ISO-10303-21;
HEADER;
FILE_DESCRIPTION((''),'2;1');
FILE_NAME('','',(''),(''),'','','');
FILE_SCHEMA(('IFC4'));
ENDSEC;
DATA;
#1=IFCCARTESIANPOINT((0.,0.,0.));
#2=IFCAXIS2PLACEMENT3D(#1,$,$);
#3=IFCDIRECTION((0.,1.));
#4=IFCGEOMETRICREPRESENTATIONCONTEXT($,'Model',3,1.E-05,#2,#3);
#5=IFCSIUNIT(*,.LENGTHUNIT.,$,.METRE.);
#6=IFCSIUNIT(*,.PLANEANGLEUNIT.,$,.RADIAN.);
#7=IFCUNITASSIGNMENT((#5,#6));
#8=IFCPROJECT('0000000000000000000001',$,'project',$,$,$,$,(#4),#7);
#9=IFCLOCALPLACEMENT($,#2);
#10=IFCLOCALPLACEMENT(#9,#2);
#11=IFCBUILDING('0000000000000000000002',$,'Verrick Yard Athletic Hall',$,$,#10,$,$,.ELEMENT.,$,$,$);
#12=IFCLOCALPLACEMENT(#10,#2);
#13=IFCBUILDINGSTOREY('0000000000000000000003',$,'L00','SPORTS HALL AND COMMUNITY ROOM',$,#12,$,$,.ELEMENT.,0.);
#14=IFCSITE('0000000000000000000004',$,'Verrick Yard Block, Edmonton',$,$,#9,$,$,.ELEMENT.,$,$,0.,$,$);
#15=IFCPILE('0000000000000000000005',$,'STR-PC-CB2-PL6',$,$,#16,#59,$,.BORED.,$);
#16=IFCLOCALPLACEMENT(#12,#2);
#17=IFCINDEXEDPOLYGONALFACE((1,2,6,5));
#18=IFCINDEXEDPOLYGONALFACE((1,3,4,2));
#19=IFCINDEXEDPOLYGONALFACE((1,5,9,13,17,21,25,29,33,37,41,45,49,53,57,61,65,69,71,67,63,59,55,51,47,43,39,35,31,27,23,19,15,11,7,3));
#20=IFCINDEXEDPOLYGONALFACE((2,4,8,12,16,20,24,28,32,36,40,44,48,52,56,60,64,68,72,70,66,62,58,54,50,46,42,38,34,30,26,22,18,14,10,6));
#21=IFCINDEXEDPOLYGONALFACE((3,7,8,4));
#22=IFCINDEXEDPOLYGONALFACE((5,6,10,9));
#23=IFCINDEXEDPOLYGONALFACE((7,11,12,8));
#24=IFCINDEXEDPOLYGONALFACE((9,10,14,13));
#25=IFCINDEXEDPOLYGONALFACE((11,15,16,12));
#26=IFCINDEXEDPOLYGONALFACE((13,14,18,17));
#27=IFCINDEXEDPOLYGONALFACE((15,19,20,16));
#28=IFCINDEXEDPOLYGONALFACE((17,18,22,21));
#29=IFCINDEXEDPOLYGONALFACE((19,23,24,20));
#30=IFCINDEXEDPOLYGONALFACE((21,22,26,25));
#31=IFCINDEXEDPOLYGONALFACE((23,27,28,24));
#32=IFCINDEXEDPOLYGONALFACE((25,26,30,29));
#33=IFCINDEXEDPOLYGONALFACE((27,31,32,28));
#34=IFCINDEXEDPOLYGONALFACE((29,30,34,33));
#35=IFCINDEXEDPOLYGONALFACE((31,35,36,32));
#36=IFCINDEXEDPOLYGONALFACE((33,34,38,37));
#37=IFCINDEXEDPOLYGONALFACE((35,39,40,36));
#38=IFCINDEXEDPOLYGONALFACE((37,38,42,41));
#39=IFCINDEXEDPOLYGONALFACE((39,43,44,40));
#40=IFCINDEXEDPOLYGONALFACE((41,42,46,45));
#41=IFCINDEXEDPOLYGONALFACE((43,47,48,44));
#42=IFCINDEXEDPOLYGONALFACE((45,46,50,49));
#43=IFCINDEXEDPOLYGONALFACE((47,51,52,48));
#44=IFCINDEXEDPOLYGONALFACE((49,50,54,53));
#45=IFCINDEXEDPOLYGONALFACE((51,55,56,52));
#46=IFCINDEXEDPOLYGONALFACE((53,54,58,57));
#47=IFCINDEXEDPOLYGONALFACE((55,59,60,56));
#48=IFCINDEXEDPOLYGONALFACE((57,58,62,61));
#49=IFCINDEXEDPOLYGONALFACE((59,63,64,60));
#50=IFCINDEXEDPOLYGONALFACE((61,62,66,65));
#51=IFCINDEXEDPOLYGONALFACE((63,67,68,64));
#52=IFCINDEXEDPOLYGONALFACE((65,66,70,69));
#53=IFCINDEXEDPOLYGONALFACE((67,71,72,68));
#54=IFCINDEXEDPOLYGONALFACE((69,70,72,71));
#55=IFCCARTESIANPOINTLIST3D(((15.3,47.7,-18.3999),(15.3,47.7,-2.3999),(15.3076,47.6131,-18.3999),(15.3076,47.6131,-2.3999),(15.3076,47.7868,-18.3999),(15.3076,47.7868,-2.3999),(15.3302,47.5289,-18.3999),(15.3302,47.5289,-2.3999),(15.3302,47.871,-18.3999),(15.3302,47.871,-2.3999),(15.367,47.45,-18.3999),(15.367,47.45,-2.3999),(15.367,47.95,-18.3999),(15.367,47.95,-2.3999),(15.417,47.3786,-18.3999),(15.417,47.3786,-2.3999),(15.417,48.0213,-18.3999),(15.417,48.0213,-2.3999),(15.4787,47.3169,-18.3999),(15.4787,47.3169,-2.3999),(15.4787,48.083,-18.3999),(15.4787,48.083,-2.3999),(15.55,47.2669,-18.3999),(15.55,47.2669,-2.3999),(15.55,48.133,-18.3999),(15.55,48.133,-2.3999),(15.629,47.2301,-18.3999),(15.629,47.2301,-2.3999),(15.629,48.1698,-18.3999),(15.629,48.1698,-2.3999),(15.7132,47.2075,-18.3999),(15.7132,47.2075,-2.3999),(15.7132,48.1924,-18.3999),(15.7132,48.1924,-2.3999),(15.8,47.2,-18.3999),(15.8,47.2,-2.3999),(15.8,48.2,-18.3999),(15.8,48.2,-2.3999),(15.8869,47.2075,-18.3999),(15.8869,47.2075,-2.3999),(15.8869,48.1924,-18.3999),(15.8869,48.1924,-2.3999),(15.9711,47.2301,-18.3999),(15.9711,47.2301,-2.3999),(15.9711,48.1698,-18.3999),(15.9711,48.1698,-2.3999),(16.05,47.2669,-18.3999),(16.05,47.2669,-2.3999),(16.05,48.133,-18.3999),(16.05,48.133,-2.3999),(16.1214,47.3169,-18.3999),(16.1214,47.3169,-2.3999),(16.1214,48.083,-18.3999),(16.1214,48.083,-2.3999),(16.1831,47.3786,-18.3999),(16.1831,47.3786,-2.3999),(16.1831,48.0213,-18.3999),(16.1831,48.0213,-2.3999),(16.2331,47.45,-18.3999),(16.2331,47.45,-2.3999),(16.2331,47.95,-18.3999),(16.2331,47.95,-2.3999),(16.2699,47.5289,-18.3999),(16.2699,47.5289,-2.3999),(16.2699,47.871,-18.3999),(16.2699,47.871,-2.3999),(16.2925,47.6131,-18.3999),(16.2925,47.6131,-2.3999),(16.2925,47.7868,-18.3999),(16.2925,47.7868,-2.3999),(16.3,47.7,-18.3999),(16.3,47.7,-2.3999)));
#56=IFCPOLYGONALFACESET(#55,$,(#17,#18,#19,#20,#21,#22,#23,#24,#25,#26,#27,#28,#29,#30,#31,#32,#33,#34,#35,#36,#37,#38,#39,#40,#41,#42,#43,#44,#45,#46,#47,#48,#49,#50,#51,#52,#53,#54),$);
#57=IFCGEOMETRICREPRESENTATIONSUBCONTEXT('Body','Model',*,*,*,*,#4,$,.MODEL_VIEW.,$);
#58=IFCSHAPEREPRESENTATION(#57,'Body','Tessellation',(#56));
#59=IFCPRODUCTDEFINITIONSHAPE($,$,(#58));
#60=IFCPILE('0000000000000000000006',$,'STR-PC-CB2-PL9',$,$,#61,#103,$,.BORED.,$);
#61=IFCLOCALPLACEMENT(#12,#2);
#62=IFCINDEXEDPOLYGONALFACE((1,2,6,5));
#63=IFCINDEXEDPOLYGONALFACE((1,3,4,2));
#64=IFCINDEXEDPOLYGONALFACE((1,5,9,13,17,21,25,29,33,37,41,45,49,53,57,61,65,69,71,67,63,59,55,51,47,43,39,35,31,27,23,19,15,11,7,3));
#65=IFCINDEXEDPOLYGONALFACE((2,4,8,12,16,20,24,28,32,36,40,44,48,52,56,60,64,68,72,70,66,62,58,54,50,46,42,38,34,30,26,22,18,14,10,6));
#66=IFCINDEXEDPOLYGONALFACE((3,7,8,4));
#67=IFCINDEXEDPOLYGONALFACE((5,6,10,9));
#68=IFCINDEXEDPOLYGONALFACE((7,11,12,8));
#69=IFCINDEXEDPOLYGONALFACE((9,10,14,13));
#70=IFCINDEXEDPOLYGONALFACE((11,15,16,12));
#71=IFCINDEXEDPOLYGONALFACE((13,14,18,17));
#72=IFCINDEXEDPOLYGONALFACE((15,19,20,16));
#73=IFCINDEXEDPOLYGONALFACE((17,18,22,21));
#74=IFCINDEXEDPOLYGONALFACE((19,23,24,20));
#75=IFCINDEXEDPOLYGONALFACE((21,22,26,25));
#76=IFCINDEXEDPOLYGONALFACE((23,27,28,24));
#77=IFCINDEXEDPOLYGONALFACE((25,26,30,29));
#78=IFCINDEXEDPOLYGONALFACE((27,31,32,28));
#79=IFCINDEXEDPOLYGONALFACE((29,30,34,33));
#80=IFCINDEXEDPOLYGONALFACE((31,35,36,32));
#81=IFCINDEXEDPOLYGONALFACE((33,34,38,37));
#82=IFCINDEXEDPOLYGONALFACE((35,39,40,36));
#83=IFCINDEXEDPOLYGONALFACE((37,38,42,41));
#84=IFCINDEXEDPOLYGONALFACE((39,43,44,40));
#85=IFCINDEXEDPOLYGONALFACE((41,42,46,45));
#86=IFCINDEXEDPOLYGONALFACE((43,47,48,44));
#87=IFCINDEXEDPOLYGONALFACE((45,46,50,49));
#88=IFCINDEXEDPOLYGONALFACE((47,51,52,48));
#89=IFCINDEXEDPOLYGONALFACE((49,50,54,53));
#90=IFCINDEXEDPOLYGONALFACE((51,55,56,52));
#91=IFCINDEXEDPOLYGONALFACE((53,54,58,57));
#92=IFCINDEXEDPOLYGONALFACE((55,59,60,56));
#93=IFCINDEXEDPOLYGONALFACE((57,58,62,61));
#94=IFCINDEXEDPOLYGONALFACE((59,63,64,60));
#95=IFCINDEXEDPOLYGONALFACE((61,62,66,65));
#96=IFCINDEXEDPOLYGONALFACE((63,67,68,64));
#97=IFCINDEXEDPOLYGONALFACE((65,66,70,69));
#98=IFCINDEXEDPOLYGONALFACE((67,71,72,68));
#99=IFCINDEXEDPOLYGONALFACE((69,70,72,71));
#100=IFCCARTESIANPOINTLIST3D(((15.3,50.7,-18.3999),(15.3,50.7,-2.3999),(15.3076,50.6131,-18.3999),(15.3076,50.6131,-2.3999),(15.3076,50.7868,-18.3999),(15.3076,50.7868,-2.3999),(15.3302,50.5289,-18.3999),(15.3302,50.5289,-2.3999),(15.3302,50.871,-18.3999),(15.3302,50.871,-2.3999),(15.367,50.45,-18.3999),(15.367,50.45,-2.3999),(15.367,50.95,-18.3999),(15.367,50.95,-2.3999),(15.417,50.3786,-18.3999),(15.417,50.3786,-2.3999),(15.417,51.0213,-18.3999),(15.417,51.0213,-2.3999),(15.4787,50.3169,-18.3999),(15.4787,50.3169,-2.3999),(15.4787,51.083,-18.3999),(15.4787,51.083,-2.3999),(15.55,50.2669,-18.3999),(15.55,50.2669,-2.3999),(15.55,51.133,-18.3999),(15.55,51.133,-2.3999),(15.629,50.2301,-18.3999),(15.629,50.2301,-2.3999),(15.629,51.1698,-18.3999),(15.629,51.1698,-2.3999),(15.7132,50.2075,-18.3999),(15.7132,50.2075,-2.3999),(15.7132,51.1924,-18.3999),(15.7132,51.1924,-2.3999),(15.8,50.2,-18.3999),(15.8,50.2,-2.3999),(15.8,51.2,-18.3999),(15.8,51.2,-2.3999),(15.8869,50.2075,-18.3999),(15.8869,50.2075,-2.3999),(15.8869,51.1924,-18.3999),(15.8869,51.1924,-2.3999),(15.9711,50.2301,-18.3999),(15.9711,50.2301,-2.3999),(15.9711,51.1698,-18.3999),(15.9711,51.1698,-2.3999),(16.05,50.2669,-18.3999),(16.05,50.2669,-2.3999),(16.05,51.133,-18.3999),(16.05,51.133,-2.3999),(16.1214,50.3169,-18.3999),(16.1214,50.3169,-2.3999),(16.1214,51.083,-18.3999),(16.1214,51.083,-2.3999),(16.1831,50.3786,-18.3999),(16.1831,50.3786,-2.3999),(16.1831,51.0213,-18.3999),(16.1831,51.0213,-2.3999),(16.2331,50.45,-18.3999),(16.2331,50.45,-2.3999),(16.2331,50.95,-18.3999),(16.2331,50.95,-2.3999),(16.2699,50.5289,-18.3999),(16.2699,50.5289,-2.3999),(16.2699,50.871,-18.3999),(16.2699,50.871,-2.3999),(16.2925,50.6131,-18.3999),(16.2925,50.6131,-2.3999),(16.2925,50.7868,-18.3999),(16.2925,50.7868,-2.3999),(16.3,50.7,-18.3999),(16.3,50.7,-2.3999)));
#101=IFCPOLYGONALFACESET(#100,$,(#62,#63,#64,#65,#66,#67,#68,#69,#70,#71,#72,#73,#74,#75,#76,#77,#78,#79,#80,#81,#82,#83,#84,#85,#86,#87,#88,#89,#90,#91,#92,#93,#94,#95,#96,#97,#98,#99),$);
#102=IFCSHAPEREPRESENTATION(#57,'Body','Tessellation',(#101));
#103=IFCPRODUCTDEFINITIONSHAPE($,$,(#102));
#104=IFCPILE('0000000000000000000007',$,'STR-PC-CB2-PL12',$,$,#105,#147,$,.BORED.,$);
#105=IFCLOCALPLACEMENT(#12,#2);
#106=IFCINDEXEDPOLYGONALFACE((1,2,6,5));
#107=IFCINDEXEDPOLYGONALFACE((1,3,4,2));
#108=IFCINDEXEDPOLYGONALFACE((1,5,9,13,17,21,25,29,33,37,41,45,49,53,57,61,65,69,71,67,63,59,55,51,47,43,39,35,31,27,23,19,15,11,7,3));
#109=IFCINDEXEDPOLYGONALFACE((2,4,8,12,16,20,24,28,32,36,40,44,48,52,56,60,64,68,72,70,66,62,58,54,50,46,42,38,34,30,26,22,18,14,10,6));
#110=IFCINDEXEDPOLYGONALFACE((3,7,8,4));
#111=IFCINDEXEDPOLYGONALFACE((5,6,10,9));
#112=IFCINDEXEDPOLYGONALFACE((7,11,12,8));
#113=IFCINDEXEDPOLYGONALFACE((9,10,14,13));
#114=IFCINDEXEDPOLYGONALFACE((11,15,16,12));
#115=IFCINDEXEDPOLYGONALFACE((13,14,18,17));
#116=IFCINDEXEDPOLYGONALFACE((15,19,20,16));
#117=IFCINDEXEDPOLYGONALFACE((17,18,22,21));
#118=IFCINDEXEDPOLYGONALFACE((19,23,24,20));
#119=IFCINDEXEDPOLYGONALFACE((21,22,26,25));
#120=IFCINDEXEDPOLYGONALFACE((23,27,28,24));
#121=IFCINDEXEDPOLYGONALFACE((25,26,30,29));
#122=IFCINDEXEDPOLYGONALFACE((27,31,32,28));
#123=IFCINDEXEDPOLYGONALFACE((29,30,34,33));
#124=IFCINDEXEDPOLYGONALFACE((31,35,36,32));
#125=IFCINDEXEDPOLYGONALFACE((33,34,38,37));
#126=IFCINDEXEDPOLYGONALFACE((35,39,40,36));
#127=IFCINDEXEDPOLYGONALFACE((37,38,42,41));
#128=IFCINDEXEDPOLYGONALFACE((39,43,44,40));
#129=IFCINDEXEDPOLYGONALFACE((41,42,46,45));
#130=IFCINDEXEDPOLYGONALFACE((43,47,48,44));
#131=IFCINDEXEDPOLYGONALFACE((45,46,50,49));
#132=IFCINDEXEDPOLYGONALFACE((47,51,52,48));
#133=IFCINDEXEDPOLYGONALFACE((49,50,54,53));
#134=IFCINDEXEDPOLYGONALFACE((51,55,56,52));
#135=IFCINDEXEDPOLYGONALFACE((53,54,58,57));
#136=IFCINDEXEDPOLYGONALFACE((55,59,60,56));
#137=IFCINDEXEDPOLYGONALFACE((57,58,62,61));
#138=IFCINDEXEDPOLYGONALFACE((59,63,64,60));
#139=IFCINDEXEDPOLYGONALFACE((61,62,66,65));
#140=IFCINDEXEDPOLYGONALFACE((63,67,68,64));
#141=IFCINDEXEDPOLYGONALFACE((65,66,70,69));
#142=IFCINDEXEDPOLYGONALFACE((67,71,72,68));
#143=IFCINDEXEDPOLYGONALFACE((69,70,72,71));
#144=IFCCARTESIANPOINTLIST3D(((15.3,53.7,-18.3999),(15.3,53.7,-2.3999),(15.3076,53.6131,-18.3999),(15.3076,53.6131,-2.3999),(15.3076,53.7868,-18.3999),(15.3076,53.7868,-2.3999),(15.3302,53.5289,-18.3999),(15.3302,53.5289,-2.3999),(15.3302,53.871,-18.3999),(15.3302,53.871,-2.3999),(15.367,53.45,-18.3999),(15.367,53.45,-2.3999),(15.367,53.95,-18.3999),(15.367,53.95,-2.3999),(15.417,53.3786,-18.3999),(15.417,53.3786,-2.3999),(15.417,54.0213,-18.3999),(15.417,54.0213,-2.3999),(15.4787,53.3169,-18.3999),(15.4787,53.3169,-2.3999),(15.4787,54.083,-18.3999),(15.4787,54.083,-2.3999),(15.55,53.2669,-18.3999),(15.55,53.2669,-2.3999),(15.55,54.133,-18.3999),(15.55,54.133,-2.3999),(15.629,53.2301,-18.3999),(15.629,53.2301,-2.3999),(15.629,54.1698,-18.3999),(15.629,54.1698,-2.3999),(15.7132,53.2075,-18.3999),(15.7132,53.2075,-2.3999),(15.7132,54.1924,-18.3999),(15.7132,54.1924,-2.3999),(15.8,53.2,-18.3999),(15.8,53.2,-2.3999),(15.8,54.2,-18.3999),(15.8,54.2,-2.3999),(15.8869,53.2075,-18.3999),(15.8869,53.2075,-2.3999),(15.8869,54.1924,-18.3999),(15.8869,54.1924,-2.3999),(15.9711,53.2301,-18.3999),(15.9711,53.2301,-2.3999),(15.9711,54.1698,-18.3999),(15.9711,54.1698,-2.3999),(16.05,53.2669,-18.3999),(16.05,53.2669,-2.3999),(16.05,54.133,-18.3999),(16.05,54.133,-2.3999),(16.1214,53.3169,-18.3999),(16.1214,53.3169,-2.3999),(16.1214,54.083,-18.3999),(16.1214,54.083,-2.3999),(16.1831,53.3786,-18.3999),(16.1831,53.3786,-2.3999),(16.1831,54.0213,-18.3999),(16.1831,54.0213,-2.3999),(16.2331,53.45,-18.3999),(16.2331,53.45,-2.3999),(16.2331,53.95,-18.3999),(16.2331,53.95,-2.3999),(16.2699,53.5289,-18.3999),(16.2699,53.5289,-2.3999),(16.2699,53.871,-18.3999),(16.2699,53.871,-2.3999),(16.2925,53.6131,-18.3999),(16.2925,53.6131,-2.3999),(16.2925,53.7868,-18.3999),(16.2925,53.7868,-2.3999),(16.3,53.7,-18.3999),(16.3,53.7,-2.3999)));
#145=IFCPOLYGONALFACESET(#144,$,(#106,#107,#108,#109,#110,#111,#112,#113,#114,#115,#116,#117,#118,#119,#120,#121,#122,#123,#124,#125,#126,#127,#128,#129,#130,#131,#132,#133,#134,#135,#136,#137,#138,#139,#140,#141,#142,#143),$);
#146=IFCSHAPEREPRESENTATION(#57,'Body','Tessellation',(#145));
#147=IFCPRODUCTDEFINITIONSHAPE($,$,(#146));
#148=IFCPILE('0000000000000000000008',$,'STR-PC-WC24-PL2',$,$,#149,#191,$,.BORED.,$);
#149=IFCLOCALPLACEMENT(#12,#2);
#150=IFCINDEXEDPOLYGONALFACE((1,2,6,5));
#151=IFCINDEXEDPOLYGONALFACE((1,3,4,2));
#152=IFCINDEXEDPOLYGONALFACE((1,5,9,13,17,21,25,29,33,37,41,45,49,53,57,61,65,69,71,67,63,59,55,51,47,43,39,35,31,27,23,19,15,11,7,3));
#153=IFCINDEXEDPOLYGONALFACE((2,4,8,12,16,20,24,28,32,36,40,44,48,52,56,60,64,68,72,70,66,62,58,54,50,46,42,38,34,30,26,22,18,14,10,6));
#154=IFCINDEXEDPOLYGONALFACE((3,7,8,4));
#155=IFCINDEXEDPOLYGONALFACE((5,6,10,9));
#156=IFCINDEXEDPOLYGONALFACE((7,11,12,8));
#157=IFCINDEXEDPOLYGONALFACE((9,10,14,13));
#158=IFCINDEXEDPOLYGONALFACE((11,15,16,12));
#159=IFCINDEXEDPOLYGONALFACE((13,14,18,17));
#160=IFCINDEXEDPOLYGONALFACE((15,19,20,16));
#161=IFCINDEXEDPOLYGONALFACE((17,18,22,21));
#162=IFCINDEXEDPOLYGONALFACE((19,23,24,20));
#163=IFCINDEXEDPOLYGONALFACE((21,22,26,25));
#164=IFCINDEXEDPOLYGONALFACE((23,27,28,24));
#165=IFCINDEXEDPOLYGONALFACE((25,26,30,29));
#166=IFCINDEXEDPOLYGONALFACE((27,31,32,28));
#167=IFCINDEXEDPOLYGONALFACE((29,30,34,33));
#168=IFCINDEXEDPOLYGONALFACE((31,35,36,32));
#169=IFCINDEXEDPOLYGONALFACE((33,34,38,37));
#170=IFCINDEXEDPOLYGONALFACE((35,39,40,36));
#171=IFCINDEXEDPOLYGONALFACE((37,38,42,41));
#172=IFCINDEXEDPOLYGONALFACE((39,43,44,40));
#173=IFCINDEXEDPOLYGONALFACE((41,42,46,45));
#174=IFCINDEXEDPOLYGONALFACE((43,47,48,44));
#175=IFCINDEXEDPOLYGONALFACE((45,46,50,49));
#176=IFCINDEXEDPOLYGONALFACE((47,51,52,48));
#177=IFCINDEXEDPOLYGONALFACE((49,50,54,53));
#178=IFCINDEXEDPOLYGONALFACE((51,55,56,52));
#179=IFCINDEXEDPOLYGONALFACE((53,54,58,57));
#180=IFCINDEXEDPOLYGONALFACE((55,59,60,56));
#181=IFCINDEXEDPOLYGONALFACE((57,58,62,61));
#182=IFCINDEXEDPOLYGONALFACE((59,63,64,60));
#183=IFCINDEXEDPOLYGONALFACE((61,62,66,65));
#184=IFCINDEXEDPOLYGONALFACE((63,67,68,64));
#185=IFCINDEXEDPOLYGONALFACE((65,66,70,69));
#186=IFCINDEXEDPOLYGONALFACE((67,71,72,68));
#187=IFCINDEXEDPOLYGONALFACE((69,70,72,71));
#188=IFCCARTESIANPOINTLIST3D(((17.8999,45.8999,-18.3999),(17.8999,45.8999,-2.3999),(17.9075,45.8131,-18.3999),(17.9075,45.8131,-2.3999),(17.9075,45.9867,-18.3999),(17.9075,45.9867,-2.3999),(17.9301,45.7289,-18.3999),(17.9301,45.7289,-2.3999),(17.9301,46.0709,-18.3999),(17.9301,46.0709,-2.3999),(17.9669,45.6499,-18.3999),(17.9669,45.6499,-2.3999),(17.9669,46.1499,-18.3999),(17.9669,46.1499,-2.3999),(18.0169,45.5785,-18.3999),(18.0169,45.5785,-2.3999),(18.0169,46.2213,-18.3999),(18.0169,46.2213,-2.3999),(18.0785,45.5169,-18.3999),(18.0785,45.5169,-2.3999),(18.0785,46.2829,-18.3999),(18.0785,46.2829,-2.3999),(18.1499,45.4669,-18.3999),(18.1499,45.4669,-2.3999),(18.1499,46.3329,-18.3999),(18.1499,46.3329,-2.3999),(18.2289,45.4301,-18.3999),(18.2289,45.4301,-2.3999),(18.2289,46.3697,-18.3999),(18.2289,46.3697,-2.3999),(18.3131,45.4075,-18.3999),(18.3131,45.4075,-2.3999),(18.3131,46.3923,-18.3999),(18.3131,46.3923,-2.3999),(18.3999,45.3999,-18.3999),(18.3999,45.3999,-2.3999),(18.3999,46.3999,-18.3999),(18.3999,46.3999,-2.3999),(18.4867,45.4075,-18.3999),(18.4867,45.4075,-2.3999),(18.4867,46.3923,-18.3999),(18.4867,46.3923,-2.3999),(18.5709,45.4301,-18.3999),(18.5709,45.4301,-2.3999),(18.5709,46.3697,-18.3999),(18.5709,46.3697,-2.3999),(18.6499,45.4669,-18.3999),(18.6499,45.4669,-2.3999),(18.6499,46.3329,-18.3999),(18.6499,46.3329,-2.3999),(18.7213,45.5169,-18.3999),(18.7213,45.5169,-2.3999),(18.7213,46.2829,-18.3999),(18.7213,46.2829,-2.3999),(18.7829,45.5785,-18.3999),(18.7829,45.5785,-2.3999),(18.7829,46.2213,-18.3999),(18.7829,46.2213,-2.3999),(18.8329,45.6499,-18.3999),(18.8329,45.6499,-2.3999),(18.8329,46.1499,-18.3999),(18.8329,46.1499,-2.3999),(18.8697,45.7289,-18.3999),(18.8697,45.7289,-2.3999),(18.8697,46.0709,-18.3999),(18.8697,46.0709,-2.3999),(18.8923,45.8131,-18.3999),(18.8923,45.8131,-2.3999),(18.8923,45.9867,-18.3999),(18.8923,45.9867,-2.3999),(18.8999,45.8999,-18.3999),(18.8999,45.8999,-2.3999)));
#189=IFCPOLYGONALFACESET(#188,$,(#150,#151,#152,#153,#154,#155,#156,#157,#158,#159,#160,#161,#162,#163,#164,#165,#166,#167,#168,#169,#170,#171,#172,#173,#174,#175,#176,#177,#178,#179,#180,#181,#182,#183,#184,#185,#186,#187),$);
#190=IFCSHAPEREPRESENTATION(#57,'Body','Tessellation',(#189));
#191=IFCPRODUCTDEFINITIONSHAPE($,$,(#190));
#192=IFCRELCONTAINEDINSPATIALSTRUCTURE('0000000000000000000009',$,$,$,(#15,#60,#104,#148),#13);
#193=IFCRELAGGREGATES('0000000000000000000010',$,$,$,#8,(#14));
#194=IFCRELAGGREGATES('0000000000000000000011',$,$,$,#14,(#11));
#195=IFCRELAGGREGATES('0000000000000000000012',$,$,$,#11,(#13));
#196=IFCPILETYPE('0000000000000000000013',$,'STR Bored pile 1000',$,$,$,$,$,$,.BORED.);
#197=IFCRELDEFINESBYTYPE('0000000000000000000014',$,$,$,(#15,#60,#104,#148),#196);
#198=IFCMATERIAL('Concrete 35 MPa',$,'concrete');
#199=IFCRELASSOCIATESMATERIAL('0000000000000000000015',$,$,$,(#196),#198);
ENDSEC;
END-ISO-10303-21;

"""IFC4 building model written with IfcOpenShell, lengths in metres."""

from ifc_helpers import new_model, si_unit, direction, frame, origin, origin_2d, place, context, subcontext, project, spatial, circle, extrude, material, type_object, element, save


model = new_model("IFC4")

# Units and contexts
model_context = context("Model", 3, precision=1e-05, world=origin(), true_north=direction((0.0, 1.0)))
body_context = subcontext(model_context, "Body", "Model", "MODEL_VIEW")
ifc_project = project(units=[si_unit("LENGTHUNIT", "METRE"), si_unit("PLANEANGLEUNIT", "RADIAN")], contexts=[model_context])

# Site, building, storey
site_placement = place(None, origin())
site = spatial("IfcSite", under=ifc_project, at=site_placement, Name="Verrick Yard Block, Edmonton", CompositionType="ELEMENT", RefElevation=0.0)
building_placement = place(site_placement, origin())
building = spatial("IfcBuilding", under=site, at=building_placement, Name="Verrick Yard Athletic Hall", CompositionType="ELEMENT")
storey_placement = place(building_placement, origin())
storey = spatial("IfcBuildingStorey", under=building, at=storey_placement, Name="L00", Description="SPORTS HALL AND COMMUNITY ROOM", CompositionType="ELEMENT", Elevation=0.0)

# Piles
ifc_material_1 = material(Name="Concrete 35 MPa", Category="concrete")
pile_type = type_object("IfcPileType", Name="STR Bored pile 1000", PredefinedType="BORED", material=ifc_material_1)
for number, where, z_axis, x_axis, name in (
    (1, (15.8, 47.7, -2.3999), (0.0, 0.0, -1.0), (1.0, 0.0, 0.0), "STR-PC-CB2-PL6"),
    (2, (15.8, 50.7, -2.3999), (0.0, 0.0, -1.0), (1.0, 0.0, 0.0), "STR-PC-CB2-PL9"),
    (3, (15.8, 53.7, -2.3999), (0.0, 0.0, -1.0), (1.0, 0.0, 0.0), "STR-PC-CB2-PL12"),
    (4, (18.3999, 45.8999, -2.3999), (0.0, 0.0, -1.0), (1.0, 0.0, 0.0), "STR-PC-WC24-PL2"),
):
    element("IfcPile", number, at=place(storey_placement, frame(where, z_axis=z_axis, x_axis=x_axis)), inside=storey, type_object=pile_type, Name=name, PredefinedType="BORED", context=body_context, shape_type="SweptSolid", body=[
        extrude(circle(Radius=0.5, at=origin_2d()), origin(), (0.0, 0.0, 1.0), 16.0),
    ])

save(model, "model.ifc")
